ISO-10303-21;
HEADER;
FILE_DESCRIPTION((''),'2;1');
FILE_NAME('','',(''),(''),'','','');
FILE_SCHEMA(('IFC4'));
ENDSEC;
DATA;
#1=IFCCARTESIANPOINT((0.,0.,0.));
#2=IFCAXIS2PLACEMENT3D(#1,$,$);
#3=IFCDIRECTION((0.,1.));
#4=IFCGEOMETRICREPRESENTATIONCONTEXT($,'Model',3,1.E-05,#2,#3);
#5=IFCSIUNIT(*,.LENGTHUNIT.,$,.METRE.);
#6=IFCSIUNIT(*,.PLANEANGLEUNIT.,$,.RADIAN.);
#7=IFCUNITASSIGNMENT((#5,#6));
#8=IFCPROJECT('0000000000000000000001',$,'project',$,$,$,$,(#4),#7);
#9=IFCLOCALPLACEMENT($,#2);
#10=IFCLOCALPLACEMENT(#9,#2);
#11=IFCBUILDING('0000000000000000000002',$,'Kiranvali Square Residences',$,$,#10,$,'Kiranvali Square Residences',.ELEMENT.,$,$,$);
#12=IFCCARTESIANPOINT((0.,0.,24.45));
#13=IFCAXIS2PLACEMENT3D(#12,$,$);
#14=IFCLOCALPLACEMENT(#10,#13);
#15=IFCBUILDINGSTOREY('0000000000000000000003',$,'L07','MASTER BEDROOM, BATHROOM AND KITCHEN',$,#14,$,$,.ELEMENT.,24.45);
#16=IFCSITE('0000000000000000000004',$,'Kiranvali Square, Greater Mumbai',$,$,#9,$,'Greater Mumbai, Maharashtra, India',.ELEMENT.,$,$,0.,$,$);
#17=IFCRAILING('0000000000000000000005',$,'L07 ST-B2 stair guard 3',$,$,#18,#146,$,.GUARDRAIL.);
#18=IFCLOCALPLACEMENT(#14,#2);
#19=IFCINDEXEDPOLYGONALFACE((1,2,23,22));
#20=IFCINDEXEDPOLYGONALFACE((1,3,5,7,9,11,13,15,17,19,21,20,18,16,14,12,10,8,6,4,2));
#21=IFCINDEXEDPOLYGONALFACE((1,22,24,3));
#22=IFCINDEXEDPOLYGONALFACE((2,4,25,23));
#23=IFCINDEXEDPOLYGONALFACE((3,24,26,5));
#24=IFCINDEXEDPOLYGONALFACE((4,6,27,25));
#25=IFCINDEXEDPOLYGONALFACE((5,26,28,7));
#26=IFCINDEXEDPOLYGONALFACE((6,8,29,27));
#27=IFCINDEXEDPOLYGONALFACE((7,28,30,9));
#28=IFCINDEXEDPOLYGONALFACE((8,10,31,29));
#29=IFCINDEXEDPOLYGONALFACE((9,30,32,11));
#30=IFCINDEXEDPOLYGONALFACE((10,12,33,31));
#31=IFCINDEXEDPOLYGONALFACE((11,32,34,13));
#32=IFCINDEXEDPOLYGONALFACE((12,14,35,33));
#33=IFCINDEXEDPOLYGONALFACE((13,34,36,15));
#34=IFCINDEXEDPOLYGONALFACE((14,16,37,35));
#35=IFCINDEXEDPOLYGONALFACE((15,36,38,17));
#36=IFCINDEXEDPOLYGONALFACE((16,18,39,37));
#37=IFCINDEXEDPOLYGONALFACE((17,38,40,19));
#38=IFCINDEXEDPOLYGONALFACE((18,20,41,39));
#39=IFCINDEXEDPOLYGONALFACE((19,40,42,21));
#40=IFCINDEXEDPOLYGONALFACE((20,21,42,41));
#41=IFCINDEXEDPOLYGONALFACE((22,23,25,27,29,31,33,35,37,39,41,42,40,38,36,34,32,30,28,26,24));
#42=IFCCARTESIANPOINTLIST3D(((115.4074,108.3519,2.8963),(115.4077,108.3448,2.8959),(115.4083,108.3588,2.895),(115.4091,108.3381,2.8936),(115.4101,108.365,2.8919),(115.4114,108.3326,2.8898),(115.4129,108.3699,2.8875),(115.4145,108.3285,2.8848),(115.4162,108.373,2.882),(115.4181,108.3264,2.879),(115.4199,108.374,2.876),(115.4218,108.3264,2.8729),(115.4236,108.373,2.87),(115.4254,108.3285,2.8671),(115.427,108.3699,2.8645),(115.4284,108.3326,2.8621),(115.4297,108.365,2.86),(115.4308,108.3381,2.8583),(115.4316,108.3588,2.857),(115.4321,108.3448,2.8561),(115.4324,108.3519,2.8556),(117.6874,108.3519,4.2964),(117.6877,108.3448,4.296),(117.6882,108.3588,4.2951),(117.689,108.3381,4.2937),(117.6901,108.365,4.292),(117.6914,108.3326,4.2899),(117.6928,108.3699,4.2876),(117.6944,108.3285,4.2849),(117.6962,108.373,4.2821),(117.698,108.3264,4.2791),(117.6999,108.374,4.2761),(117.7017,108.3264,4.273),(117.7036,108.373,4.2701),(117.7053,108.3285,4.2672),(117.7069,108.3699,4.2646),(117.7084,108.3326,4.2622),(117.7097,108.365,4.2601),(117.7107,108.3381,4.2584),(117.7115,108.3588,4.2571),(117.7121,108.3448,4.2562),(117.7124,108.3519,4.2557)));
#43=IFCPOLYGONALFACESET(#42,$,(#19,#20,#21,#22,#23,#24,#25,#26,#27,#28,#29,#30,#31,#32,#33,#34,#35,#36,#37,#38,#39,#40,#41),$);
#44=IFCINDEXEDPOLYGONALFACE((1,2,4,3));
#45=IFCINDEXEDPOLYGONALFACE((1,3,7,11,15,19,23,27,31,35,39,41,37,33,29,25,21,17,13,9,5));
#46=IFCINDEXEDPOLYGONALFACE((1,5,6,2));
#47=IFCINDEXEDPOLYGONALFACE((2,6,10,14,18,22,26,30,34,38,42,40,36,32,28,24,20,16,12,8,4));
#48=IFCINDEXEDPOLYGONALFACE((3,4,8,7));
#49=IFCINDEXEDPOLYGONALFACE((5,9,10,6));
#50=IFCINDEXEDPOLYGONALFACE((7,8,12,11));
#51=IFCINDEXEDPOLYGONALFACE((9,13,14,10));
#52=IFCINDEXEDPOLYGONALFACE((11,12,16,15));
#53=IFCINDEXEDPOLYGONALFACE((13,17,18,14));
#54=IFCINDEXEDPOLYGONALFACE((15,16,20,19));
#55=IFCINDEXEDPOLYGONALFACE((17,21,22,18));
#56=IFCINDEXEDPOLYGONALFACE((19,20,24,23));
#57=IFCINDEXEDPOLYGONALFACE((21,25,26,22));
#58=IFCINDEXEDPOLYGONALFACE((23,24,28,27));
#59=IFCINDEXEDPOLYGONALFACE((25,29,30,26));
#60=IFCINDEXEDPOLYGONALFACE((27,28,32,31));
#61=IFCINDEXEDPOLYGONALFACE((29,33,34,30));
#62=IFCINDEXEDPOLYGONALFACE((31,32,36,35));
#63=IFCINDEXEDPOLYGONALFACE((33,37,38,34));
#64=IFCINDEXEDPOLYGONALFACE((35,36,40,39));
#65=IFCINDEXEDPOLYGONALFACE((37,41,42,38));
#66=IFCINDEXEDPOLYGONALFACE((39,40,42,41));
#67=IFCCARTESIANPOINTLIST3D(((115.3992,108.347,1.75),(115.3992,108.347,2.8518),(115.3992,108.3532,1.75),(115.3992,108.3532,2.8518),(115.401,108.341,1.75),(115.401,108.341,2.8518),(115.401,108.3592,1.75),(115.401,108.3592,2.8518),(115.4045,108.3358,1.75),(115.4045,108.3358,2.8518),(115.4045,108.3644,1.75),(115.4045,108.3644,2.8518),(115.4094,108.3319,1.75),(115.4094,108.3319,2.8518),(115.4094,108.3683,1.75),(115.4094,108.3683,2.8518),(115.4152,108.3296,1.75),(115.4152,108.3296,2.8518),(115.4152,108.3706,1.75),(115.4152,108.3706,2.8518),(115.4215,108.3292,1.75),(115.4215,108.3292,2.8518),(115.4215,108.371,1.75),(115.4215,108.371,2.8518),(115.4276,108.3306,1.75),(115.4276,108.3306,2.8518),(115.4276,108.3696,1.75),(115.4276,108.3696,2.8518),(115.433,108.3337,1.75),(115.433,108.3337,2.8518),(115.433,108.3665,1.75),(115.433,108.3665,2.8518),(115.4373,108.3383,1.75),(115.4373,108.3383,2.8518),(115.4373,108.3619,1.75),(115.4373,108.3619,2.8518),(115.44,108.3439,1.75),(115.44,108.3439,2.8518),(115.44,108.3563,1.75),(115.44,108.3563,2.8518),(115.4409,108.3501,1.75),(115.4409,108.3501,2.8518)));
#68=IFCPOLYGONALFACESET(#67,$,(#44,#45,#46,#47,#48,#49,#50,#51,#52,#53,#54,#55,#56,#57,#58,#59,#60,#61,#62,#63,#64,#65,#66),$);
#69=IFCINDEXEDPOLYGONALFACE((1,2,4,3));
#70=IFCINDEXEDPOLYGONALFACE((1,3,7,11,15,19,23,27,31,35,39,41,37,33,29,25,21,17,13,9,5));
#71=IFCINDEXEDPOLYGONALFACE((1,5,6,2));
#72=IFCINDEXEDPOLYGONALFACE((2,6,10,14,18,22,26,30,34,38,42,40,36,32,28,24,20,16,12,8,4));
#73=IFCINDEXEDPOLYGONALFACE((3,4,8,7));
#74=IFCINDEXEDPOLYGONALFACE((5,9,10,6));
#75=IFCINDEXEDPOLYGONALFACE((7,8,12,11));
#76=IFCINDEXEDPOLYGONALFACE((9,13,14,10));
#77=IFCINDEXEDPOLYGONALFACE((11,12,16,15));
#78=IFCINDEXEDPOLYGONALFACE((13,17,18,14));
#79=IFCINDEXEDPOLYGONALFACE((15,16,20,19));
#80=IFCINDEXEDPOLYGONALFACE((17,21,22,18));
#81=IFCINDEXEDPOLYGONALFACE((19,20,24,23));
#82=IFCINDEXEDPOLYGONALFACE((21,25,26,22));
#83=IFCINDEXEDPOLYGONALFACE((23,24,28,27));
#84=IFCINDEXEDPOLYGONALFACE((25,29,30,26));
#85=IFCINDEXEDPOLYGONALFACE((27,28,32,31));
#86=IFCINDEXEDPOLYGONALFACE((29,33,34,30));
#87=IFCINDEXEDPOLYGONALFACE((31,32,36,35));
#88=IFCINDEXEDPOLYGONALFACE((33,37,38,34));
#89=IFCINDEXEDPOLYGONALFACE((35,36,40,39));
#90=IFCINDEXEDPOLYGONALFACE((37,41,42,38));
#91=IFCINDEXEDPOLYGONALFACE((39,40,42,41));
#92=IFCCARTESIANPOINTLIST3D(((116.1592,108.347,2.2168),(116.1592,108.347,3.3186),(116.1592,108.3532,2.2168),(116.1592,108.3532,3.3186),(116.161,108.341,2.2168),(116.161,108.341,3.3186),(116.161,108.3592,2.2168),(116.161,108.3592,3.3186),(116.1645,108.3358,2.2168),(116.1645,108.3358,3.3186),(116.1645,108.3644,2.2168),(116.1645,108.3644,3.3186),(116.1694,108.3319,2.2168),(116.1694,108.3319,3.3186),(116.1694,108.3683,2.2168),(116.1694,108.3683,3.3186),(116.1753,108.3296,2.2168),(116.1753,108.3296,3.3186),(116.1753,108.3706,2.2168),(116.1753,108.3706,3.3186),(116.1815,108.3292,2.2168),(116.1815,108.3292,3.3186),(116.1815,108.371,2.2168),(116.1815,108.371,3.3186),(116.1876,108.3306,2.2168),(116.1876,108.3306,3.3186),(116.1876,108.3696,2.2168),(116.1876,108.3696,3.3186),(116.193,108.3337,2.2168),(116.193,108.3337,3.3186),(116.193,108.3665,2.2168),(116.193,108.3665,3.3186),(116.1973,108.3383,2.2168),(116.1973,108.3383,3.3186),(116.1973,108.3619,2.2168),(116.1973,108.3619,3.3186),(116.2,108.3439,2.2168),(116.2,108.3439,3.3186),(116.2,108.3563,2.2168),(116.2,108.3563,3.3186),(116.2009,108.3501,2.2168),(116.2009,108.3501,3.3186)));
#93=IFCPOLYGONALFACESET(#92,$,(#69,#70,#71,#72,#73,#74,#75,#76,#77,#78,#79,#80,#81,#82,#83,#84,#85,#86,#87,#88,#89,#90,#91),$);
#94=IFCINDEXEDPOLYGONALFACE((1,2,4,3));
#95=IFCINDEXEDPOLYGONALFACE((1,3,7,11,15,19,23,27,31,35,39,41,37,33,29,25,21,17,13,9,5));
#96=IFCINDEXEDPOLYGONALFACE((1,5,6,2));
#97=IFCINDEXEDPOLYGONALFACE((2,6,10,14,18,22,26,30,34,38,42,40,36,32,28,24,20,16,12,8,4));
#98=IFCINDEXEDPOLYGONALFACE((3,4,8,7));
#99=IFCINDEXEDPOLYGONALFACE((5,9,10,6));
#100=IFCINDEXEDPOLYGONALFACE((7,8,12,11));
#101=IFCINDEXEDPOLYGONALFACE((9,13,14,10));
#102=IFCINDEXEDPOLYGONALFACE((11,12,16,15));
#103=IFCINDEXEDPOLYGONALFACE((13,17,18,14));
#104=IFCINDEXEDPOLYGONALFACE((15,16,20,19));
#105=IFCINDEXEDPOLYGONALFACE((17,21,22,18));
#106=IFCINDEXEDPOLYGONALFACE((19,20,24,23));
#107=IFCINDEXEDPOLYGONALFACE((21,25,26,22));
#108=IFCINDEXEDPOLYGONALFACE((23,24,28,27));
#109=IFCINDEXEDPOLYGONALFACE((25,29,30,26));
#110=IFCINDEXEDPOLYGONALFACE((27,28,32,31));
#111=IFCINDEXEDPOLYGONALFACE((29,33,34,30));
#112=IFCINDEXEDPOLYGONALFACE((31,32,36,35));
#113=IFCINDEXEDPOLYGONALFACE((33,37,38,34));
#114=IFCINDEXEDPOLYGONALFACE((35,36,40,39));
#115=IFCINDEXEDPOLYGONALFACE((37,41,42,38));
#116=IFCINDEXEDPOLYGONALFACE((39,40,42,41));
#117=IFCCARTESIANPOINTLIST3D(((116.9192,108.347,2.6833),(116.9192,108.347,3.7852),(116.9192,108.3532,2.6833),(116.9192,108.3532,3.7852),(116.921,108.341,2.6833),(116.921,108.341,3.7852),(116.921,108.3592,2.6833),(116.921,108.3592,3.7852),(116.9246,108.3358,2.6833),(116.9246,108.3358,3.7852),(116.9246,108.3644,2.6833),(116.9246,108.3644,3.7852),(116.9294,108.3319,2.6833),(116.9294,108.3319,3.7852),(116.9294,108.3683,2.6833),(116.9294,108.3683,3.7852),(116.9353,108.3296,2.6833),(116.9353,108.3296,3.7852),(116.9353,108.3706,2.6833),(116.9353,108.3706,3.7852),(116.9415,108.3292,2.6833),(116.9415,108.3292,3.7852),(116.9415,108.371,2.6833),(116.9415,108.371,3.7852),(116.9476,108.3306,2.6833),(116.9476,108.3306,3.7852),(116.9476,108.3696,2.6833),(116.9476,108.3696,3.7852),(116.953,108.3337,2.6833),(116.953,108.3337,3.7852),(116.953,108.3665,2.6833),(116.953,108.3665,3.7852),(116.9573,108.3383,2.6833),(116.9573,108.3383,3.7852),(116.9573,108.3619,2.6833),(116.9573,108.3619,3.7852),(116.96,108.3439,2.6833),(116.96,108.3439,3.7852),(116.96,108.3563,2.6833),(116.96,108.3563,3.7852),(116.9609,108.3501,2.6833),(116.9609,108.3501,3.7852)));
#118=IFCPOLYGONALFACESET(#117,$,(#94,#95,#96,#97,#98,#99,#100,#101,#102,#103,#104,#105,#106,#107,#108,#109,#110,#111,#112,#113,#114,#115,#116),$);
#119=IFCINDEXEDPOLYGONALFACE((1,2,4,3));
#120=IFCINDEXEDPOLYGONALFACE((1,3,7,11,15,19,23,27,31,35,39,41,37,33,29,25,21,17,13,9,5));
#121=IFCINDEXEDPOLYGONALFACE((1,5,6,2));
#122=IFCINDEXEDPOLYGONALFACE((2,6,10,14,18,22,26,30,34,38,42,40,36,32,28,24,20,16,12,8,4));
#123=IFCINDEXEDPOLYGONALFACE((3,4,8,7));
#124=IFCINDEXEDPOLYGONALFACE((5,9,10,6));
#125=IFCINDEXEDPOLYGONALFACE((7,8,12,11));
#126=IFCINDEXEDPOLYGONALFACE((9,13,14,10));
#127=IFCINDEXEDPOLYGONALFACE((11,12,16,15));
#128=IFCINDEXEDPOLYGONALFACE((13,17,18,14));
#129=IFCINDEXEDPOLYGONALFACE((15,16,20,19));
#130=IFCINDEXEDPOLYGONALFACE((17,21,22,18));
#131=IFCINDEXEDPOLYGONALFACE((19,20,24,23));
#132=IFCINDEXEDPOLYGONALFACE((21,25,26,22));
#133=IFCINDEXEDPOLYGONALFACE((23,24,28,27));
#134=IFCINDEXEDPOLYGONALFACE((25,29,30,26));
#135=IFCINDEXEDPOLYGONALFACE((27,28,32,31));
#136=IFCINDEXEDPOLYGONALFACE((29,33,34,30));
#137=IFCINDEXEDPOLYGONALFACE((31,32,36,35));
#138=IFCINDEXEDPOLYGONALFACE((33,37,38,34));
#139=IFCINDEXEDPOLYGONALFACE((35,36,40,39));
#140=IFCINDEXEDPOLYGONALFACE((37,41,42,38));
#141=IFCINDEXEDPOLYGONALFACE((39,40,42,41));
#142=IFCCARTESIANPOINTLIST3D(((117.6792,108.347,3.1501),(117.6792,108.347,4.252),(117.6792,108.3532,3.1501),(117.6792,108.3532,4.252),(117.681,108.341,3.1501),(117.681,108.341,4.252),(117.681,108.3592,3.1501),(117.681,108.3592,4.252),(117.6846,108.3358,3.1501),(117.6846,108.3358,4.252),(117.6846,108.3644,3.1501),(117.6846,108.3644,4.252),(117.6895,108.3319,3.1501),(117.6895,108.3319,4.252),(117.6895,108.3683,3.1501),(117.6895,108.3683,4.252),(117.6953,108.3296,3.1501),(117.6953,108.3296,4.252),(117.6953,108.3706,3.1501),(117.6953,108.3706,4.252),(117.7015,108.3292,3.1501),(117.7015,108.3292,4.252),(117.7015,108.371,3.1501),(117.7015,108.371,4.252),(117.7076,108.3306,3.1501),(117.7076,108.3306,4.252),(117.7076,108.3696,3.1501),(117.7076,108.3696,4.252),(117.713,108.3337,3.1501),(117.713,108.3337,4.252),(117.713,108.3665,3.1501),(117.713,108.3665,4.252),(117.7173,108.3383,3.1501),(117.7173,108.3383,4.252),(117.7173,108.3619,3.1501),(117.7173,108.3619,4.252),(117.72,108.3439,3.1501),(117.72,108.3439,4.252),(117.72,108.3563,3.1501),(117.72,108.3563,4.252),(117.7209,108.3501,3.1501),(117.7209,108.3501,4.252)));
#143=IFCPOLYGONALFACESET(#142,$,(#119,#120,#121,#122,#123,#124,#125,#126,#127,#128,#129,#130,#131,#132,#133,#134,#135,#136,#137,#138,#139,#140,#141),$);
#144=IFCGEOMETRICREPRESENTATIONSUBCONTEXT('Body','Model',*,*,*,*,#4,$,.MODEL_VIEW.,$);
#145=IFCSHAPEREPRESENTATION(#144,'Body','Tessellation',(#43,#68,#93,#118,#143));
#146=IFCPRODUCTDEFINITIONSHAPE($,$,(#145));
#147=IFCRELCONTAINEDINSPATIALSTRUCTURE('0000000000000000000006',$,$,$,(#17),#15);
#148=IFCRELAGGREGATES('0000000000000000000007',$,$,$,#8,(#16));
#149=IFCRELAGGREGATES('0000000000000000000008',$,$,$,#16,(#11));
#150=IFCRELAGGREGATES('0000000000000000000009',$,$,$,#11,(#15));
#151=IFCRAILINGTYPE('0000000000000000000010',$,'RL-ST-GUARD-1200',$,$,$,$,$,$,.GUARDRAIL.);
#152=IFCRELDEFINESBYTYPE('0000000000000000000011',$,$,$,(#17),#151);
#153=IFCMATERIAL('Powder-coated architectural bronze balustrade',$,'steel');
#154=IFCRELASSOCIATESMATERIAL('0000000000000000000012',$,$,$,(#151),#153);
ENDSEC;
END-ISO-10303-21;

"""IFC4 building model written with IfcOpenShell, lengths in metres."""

from ifc_helpers import new_model, si_unit, direction, frame, origin, origin_2d, place, context, subcontext, project, spatial, circle, extrude, material, type_object, element, save


model = new_model("IFC4")

# Units and contexts
model_context = context("Model", 3, precision=1e-05, world=origin(), true_north=direction((0.0, 1.0)))
body_context = subcontext(model_context, "Body", "Model", "MODEL_VIEW")
ifc_project = project(units=[si_unit("LENGTHUNIT", "METRE"), si_unit("PLANEANGLEUNIT", "RADIAN")], contexts=[model_context])

# Site, building, storey
site_placement = place(None, origin())
site = spatial("IfcSite", under=ifc_project, at=site_placement, Name="Kiranvali Square, Greater Mumbai", LongName="Greater Mumbai, Maharashtra, India", CompositionType="ELEMENT", RefElevation=0.0)
building_placement = place(site_placement, origin())
building = spatial("IfcBuilding", under=site, at=building_placement, Name="Kiranvali Square Residences", LongName="Kiranvali Square Residences", CompositionType="ELEMENT")
storey_placement = place(building_placement, frame((0.0, 0.0, 24.45)))
storey = spatial("IfcBuildingStorey", under=building, at=storey_placement, Name="L07", Description="MASTER BEDROOM, BATHROOM AND KITCHEN", CompositionType="ELEMENT", Elevation=24.45)

# Railing
ifc_material_1 = material(Name="Powder-coated architectural bronze balustrade", Category="steel")
railing_type_1 = type_object("IfcRailingType", Name="RL-ST-GUARD-1200", PredefinedType="GUARDRAIL", material=ifc_material_1)
railing_1_placement = place(storey_placement, frame((115.4199, 108.3501, 1.75)))
element("IfcRailing", 1, at=railing_1_placement, inside=storey, type_object=railing_type_1, Name="L07 ST-B2 stair guard 3", PredefinedType="GUARDRAIL", context=body_context, shape_type="SweptSolid", body=[
    extrude(circle(Radius=0.0239, at=origin_2d()), frame((0.0, 0.0, 1.126), z_axis=(0.85215, 0.0, 0.523298), x_axis=(0.0, 1.0, 0.0)), (0.0, 0.0, 1.0), 2.6755),
    extrude(circle(Radius=0.021, at=origin_2d()), origin(), (0.0, 0.0, 1.0), 1.1018),
    extrude(circle(Radius=0.021, at=origin_2d()), frame((0.76, 0.0, 0.4668)), (0.0, 0.0, 1.0), 1.1018),
    extrude(circle(Radius=0.021, at=origin_2d()), frame((1.52, 0.0, 0.9333)), (0.0, 0.0, 1.0), 1.1018),
    extrude(circle(Radius=0.021, at=origin_2d()), frame((2.28, 0.0, 1.4001)), (0.0, 0.0, 1.0), 1.1018),
])

save(model, "model.ifc")
